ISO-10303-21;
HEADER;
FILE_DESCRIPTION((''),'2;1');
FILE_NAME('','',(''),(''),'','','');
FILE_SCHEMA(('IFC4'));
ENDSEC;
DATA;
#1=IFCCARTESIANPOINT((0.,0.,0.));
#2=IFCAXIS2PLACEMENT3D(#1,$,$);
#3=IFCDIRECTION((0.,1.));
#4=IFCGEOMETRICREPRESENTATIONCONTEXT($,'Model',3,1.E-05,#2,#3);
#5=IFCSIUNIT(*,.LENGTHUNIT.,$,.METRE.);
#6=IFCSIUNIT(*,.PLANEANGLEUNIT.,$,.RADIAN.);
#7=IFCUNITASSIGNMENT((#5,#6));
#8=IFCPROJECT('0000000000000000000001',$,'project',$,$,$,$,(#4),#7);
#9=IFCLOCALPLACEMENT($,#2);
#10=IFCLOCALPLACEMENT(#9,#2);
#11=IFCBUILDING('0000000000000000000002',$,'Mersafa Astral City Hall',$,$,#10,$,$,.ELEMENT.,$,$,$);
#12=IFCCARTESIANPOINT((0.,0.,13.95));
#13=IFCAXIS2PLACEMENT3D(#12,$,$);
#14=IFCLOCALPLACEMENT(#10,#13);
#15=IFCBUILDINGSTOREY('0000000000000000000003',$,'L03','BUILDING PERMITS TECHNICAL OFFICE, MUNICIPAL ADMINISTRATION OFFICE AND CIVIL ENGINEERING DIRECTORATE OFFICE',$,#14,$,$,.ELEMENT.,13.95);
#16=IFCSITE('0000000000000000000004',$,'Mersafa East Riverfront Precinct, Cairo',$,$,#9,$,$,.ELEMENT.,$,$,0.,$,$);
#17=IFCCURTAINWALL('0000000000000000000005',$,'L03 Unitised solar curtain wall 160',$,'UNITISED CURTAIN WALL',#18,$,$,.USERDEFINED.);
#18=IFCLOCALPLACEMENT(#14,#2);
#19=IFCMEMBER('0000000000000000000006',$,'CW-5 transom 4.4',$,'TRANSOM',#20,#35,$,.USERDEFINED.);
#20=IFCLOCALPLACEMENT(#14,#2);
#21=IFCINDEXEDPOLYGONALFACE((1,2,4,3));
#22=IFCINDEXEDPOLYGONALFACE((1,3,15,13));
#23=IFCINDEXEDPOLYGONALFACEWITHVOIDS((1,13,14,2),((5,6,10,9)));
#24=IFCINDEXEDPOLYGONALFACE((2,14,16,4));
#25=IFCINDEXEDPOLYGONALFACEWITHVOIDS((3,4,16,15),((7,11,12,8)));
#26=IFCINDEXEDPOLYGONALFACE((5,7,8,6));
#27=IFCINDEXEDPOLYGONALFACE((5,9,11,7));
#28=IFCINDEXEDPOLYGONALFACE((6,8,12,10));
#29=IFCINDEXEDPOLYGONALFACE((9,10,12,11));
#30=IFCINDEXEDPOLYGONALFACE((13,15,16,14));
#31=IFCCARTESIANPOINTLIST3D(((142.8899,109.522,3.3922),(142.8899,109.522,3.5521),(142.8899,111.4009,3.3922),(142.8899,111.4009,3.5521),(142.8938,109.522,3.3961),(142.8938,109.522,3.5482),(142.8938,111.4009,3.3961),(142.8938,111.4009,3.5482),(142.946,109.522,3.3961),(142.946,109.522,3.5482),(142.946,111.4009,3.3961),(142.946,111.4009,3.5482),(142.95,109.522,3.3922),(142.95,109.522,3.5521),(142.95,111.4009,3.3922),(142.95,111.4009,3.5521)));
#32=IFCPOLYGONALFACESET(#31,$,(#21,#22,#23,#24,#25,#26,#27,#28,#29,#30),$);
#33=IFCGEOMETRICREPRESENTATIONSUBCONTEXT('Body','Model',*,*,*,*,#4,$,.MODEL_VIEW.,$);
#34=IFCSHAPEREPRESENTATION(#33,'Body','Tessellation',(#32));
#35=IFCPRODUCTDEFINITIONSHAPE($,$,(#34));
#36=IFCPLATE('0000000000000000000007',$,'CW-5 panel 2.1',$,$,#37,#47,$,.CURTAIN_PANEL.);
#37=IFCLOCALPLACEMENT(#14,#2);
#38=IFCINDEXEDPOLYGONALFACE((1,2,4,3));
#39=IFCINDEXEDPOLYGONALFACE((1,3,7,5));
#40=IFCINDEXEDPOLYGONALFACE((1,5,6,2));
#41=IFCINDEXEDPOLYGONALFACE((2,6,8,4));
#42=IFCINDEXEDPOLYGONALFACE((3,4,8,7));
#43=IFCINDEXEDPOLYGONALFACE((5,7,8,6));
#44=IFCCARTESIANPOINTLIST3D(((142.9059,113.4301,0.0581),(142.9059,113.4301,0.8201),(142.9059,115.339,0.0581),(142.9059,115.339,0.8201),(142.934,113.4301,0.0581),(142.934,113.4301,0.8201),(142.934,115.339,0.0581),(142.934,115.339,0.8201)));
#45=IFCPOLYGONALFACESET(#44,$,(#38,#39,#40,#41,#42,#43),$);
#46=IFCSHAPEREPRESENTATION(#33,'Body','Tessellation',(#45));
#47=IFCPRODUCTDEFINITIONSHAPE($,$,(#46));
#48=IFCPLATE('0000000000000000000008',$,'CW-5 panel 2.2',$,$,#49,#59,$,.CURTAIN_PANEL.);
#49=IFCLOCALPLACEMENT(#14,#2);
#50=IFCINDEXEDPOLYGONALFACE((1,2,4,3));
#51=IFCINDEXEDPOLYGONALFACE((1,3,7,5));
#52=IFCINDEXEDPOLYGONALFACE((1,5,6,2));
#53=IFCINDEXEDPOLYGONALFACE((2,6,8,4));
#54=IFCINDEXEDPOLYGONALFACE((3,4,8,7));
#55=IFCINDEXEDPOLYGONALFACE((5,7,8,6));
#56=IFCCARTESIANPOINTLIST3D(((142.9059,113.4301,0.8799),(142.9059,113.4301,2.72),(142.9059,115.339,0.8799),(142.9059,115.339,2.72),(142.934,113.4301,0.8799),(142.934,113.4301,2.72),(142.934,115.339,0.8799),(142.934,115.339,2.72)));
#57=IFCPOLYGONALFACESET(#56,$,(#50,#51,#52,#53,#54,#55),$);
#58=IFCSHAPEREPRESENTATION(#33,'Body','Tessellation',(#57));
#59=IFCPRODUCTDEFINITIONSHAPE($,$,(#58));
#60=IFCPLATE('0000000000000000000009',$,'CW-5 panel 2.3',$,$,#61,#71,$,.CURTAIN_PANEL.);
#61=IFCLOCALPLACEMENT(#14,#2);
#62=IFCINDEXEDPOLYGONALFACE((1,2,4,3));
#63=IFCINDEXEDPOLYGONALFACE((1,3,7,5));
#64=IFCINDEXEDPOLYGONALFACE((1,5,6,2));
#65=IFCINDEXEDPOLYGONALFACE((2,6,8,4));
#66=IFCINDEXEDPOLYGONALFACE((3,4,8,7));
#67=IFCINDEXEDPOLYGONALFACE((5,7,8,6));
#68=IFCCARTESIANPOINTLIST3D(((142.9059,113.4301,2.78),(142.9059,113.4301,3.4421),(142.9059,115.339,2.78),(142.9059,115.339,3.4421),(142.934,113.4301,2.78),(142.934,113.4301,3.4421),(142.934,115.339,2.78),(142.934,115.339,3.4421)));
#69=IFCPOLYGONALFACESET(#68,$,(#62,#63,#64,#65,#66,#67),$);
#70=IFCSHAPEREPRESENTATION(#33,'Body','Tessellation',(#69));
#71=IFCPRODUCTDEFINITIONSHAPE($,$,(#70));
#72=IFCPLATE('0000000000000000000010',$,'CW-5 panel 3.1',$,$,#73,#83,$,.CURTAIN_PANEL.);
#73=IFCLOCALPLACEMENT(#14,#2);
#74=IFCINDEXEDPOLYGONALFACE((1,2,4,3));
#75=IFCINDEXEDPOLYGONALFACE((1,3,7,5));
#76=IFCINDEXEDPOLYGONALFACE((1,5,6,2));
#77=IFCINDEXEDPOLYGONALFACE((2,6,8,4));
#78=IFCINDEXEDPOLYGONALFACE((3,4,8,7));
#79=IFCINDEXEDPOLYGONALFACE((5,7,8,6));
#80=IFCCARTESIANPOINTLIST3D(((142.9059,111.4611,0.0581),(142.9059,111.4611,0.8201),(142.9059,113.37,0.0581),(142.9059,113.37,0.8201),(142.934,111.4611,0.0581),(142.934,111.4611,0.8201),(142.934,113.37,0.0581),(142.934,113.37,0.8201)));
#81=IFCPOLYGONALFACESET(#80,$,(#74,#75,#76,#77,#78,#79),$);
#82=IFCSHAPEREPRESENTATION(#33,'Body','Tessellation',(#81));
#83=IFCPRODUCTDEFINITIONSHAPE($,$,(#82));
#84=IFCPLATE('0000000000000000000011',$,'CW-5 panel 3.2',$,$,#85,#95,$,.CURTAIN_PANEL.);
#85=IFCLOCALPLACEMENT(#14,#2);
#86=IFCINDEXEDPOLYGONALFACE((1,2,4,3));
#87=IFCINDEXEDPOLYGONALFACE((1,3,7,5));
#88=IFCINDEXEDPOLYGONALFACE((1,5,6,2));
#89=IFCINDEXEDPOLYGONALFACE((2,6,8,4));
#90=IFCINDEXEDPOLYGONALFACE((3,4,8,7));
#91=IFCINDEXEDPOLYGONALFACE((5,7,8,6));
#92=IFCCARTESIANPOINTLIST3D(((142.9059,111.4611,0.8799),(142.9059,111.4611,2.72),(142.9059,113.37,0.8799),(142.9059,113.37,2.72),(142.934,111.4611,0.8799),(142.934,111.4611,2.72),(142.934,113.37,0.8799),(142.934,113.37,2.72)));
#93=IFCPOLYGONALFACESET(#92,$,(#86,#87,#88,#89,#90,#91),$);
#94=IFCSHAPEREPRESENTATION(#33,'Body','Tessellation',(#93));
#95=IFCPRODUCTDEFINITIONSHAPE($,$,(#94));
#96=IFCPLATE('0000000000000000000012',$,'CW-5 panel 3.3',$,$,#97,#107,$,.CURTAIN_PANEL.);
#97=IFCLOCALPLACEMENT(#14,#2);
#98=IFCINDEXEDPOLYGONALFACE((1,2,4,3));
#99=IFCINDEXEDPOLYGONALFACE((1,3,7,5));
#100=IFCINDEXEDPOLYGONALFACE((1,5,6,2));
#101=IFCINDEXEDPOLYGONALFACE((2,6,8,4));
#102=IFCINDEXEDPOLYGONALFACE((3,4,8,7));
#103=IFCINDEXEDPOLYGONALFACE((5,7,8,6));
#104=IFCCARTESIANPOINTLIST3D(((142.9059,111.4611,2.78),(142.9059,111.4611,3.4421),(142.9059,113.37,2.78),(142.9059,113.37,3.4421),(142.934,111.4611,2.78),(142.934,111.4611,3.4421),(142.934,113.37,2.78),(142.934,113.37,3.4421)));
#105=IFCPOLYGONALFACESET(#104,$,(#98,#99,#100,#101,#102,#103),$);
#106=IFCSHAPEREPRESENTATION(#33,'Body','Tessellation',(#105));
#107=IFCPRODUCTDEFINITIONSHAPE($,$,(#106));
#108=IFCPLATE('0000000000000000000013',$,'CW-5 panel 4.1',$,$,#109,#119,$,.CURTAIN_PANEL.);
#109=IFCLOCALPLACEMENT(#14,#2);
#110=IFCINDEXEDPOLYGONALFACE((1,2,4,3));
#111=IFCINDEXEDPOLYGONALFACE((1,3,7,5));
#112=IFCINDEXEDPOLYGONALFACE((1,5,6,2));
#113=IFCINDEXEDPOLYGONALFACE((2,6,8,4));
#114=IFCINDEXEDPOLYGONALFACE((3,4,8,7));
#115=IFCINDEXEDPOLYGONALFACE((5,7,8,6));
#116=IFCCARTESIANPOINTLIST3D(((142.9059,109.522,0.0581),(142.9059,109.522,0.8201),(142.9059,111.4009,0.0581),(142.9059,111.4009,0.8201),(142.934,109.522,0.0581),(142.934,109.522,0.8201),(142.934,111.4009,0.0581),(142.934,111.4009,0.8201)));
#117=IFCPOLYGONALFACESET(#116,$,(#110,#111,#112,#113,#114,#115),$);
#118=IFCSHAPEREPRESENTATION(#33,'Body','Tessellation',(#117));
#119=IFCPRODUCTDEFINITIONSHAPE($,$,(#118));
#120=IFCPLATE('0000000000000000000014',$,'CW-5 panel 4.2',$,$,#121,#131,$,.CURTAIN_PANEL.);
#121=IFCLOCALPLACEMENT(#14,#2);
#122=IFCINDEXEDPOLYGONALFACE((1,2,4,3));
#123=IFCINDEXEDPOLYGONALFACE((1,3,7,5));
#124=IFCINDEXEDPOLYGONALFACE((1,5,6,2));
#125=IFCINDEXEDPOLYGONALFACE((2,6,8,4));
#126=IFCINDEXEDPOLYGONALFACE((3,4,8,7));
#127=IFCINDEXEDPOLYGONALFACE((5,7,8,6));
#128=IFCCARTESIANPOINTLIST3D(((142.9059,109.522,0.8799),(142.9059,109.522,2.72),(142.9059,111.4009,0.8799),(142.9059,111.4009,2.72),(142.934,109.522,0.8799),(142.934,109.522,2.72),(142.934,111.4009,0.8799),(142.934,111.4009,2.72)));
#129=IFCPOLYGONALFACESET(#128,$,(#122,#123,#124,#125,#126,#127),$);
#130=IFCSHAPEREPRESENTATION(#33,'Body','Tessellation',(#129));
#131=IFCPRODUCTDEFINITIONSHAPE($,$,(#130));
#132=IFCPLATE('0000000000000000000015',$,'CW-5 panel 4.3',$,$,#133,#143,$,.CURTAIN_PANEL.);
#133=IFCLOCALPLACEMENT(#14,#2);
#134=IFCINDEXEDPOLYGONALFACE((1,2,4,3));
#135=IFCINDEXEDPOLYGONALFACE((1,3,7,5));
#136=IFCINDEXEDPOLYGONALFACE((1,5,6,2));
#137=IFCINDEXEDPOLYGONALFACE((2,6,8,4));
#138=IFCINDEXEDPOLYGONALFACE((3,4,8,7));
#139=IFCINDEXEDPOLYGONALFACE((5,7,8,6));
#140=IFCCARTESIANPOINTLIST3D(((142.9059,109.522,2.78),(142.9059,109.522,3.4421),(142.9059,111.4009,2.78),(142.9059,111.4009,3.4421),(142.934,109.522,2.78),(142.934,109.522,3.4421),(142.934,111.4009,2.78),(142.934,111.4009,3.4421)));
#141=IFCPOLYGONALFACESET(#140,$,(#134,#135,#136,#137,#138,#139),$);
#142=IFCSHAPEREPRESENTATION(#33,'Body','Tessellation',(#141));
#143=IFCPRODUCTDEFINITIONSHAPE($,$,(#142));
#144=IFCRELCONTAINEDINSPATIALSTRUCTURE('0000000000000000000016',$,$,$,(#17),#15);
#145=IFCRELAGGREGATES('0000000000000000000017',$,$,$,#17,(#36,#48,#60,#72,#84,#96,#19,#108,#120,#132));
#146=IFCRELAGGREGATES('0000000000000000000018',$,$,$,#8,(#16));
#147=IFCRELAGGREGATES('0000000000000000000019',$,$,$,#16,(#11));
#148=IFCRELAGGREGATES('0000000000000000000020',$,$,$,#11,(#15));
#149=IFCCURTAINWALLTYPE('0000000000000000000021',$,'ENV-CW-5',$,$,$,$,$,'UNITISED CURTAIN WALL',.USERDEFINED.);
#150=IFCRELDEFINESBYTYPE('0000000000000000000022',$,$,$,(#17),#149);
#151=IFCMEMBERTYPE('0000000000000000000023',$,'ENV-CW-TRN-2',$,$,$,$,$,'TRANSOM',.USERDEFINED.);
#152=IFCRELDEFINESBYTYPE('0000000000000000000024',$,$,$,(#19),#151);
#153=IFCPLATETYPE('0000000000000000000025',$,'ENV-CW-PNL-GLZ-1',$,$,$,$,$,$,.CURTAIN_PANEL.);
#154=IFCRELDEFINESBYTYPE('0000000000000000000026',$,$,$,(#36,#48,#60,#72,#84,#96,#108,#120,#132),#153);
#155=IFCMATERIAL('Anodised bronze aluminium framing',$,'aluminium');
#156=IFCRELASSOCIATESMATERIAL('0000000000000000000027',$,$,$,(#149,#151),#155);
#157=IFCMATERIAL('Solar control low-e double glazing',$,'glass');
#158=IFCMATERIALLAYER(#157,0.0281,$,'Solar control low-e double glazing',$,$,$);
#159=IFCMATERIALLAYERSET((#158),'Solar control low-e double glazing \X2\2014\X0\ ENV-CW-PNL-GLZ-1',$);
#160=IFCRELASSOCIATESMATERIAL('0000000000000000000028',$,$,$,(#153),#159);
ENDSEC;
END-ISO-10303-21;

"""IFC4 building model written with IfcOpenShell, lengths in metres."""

from ifc_helpers import new_model, si_unit, direction, frame, origin, origin_2d, place, context, subcontext, project, spatial, rectangle, hollow_rectangle, extrude, material, layer, layer_set, material_profile, profile_set, type_object, element, aggregate, save


model = new_model("IFC4")

# Units and contexts
model_context = context("Model", 3, precision=1e-05, world=origin(), true_north=direction((0.0, 1.0)))
body_context = subcontext(model_context, "Body", "Model", "MODEL_VIEW")
ifc_project = project(units=[si_unit("LENGTHUNIT", "METRE"), si_unit("PLANEANGLEUNIT", "RADIAN")], contexts=[model_context])

# Site, building, storey
site_placement = place(None, origin())
site = spatial("IfcSite", under=ifc_project, at=site_placement, Name="Mersafa East Riverfront Precinct, Cairo", CompositionType="ELEMENT", RefElevation=0.0)
building_placement = place(site_placement, origin())
building = spatial("IfcBuilding", under=site, at=building_placement, Name="Mersafa Astral City Hall", CompositionType="ELEMENT")
storey_placement = place(building_placement, frame((0.0, 0.0, 13.95)))
storey = spatial("IfcBuildingStorey", under=building, at=storey_placement, Name="L03", Description="BUILDING PERMITS TECHNICAL OFFICE, MUNICIPAL ADMINISTRATION OFFICE AND CIVIL ENGINEERING DIRECTORATE OFFICE", CompositionType="ELEMENT", Elevation=13.95)

# Curtain wall, member, plates
ifc_material_1 = material(Name="Anodised bronze aluminium framing", Category="aluminium")
curtain_wall_type = type_object("IfcCurtainWallType", Name="ENV-CW-5", ElementType="UNITISED CURTAIN WALL", PredefinedType="USERDEFINED", material=ifc_material_1)
curtain_wall_placement = place(storey_placement, origin())
curtain_wall = element("IfcCurtainWall", 1, at=curtain_wall_placement, inside=storey, type_object=curtain_wall_type, Name="L03 Unitised solar curtain wall 160", ObjectType="UNITISED CURTAIN WALL", PredefinedType="USERDEFINED")
ifc_material_profile_1 = material_profile(ifc_material_1, hollow_rectangle(XDim=0.0601, YDim=0.1599, WallThickness=0.0039, at=origin_2d()), Name="RHS 60x160x4")
ifc_profile_set_1 = profile_set([ifc_material_profile_1], Name="Anodised bronze aluminium framing")
member_type_1 = type_object("IfcMemberType", Name="ENV-CW-TRN-2", ElementType="TRANSOM", PredefinedType="USERDEFINED", material=ifc_profile_set_1)
member_1_placement = place(storey_placement, frame((142.9199, 111.4009, 3.4722), z_axis=(0.0, -1.0, 0.0), x_axis=(1.0, 0.0, 0.0)))
member_1 = element("IfcMember", 2, at=member_1_placement, type_object=member_type_1, Name="CW-5 transom 4.4", ObjectType="TRANSOM", PredefinedType="USERDEFINED", context=body_context, shape_type="SweptSolid", body=[
    extrude(hollow_rectangle(XDim=0.0601, YDim=0.1599, WallThickness=0.0039, at=origin_2d()), origin(), (0.0, 0.0, 1.0), 1.8789),
])
ifc_material_2 = material(Name="Solar control low-e double glazing", Category="glass")
ifc_layer = layer(ifc_material_2, 0.0281, Name="Solar control low-e double glazing")
ifc_layer_set = layer_set([ifc_layer], Name="Solar control low-e double glazing — ENV-CW-PNL-GLZ-1")
plate_type = type_object("IfcPlateType", Name="ENV-CW-PNL-GLZ-1", PredefinedType="CURTAIN_PANEL", material=ifc_layer_set)
plate_1_placement = place(storey_placement, frame((142.9199, 114.3845, 0.0581), z_axis=(0.0, 0.0, 1.0), x_axis=(0.0, -1.0, 0.0)))
plate_1 = element("IfcPlate", 3, at=plate_1_placement, type_object=plate_type, Name="CW-5 panel 2.1", PredefinedType="CURTAIN_PANEL", context=body_context, shape_type="SweptSolid", body=[
    extrude(rectangle(XDim=1.9089, YDim=0.0281, at=origin_2d()), origin(), (0.0, 0.0, 1.0), 0.762),
])
plate_2_placement = place(storey_placement, frame((142.9199, 114.3845, 0.8799), z_axis=(0.0, 0.0, 1.0), x_axis=(0.0, -1.0, 0.0)))
plate_2 = element("IfcPlate", 4, at=plate_2_placement, type_object=plate_type, Name="CW-5 panel 2.2", PredefinedType="CURTAIN_PANEL", context=body_context, shape_type="SweptSolid", body=[
    extrude(rectangle(XDim=1.9089, YDim=0.0281, at=origin_2d()), origin(), (0.0, 0.0, 1.0), 1.8401),
])
plate_3_placement = place(storey_placement, frame((142.9199, 114.3845, 2.78), z_axis=(0.0, 0.0, 1.0), x_axis=(0.0, -1.0, 0.0)))
plate_3 = element("IfcPlate", 5, at=plate_3_placement, type_object=plate_type, Name="CW-5 panel 2.3", PredefinedType="CURTAIN_PANEL", context=body_context, shape_type="SweptSolid", body=[
    extrude(rectangle(XDim=1.9089, YDim=0.0281, at=origin_2d()), origin(), (0.0, 0.0, 1.0), 0.6621),
])
plate_4_placement = place(storey_placement, frame((142.9199, 112.4155, 0.0581), z_axis=(0.0, 0.0, 1.0), x_axis=(0.0, -1.0, 0.0)))
plate_4 = element("IfcPlate", 6, at=plate_4_placement, type_object=plate_type, Name="CW-5 panel 3.1", PredefinedType="CURTAIN_PANEL", context=body_context, shape_type="SweptSolid", body=[
    extrude(rectangle(XDim=1.9089, YDim=0.0281, at=origin_2d()), origin(), (0.0, 0.0, 1.0), 0.762),
])
plate_5_placement = place(storey_placement, frame((142.9199, 112.4155, 0.8799), z_axis=(0.0, 0.0, 1.0), x_axis=(0.0, -1.0, 0.0)))
plate_5 = element("IfcPlate", 7, at=plate_5_placement, type_object=plate_type, Name="CW-5 panel 3.2", PredefinedType="CURTAIN_PANEL", context=body_context, shape_type="SweptSolid", body=[
    extrude(rectangle(XDim=1.9089, YDim=0.0281, at=origin_2d()), origin(), (0.0, 0.0, 1.0), 1.8401),
])
plate_6_placement = place(storey_placement, frame((142.9199, 112.4155, 2.78), z_axis=(0.0, 0.0, 1.0), x_axis=(0.0, -1.0, 0.0)))
plate_6 = element("IfcPlate", 8, at=plate_6_placement, type_object=plate_type, Name="CW-5 panel 3.3", PredefinedType="CURTAIN_PANEL", context=body_context, shape_type="SweptSolid", body=[
    extrude(rectangle(XDim=1.9089, YDim=0.0281, at=origin_2d()), origin(), (0.0, 0.0, 1.0), 0.6621),
])
plate_7_placement = place(storey_placement, frame((142.9199, 110.4614, 0.0581), z_axis=(0.0, 0.0, 1.0), x_axis=(0.0, -1.0, 0.0)))
plate_7 = element("IfcPlate", 9, at=plate_7_placement, type_object=plate_type, Name="CW-5 panel 4.1", PredefinedType="CURTAIN_PANEL", context=body_context, shape_type="SweptSolid", body=[
    extrude(rectangle(XDim=1.8789, YDim=0.0281, at=origin_2d()), origin(), (0.0, 0.0, 1.0), 0.762),
])
plate_8_placement = place(storey_placement, frame((142.9199, 110.4614, 0.8799), z_axis=(0.0, 0.0, 1.0), x_axis=(0.0, -1.0, 0.0)))
plate_8 = element("IfcPlate", 10, at=plate_8_placement, type_object=plate_type, Name="CW-5 panel 4.2", PredefinedType="CURTAIN_PANEL", context=body_context, shape_type="SweptSolid", body=[
    extrude(rectangle(XDim=1.8789, YDim=0.0281, at=origin_2d()), origin(), (0.0, 0.0, 1.0), 1.8401),
])
plate_9_placement = place(storey_placement, frame((142.9199, 110.4614, 2.78), z_axis=(0.0, 0.0, 1.0), x_axis=(0.0, -1.0, 0.0)))
plate_9 = element("IfcPlate", 11, at=plate_9_placement, type_object=plate_type, Name="CW-5 panel 4.3", PredefinedType="CURTAIN_PANEL", context=body_context, shape_type="SweptSolid", body=[
    extrude(rectangle(XDim=1.8789, YDim=0.0281, at=origin_2d()), origin(), (0.0, 0.0, 1.0), 0.6621),
])
aggregate(curtain_wall, [plate_1, plate_2, plate_3, plate_4, plate_5, plate_6, member_1, plate_7, plate_8, plate_9])

save(model, "model.ifc")
